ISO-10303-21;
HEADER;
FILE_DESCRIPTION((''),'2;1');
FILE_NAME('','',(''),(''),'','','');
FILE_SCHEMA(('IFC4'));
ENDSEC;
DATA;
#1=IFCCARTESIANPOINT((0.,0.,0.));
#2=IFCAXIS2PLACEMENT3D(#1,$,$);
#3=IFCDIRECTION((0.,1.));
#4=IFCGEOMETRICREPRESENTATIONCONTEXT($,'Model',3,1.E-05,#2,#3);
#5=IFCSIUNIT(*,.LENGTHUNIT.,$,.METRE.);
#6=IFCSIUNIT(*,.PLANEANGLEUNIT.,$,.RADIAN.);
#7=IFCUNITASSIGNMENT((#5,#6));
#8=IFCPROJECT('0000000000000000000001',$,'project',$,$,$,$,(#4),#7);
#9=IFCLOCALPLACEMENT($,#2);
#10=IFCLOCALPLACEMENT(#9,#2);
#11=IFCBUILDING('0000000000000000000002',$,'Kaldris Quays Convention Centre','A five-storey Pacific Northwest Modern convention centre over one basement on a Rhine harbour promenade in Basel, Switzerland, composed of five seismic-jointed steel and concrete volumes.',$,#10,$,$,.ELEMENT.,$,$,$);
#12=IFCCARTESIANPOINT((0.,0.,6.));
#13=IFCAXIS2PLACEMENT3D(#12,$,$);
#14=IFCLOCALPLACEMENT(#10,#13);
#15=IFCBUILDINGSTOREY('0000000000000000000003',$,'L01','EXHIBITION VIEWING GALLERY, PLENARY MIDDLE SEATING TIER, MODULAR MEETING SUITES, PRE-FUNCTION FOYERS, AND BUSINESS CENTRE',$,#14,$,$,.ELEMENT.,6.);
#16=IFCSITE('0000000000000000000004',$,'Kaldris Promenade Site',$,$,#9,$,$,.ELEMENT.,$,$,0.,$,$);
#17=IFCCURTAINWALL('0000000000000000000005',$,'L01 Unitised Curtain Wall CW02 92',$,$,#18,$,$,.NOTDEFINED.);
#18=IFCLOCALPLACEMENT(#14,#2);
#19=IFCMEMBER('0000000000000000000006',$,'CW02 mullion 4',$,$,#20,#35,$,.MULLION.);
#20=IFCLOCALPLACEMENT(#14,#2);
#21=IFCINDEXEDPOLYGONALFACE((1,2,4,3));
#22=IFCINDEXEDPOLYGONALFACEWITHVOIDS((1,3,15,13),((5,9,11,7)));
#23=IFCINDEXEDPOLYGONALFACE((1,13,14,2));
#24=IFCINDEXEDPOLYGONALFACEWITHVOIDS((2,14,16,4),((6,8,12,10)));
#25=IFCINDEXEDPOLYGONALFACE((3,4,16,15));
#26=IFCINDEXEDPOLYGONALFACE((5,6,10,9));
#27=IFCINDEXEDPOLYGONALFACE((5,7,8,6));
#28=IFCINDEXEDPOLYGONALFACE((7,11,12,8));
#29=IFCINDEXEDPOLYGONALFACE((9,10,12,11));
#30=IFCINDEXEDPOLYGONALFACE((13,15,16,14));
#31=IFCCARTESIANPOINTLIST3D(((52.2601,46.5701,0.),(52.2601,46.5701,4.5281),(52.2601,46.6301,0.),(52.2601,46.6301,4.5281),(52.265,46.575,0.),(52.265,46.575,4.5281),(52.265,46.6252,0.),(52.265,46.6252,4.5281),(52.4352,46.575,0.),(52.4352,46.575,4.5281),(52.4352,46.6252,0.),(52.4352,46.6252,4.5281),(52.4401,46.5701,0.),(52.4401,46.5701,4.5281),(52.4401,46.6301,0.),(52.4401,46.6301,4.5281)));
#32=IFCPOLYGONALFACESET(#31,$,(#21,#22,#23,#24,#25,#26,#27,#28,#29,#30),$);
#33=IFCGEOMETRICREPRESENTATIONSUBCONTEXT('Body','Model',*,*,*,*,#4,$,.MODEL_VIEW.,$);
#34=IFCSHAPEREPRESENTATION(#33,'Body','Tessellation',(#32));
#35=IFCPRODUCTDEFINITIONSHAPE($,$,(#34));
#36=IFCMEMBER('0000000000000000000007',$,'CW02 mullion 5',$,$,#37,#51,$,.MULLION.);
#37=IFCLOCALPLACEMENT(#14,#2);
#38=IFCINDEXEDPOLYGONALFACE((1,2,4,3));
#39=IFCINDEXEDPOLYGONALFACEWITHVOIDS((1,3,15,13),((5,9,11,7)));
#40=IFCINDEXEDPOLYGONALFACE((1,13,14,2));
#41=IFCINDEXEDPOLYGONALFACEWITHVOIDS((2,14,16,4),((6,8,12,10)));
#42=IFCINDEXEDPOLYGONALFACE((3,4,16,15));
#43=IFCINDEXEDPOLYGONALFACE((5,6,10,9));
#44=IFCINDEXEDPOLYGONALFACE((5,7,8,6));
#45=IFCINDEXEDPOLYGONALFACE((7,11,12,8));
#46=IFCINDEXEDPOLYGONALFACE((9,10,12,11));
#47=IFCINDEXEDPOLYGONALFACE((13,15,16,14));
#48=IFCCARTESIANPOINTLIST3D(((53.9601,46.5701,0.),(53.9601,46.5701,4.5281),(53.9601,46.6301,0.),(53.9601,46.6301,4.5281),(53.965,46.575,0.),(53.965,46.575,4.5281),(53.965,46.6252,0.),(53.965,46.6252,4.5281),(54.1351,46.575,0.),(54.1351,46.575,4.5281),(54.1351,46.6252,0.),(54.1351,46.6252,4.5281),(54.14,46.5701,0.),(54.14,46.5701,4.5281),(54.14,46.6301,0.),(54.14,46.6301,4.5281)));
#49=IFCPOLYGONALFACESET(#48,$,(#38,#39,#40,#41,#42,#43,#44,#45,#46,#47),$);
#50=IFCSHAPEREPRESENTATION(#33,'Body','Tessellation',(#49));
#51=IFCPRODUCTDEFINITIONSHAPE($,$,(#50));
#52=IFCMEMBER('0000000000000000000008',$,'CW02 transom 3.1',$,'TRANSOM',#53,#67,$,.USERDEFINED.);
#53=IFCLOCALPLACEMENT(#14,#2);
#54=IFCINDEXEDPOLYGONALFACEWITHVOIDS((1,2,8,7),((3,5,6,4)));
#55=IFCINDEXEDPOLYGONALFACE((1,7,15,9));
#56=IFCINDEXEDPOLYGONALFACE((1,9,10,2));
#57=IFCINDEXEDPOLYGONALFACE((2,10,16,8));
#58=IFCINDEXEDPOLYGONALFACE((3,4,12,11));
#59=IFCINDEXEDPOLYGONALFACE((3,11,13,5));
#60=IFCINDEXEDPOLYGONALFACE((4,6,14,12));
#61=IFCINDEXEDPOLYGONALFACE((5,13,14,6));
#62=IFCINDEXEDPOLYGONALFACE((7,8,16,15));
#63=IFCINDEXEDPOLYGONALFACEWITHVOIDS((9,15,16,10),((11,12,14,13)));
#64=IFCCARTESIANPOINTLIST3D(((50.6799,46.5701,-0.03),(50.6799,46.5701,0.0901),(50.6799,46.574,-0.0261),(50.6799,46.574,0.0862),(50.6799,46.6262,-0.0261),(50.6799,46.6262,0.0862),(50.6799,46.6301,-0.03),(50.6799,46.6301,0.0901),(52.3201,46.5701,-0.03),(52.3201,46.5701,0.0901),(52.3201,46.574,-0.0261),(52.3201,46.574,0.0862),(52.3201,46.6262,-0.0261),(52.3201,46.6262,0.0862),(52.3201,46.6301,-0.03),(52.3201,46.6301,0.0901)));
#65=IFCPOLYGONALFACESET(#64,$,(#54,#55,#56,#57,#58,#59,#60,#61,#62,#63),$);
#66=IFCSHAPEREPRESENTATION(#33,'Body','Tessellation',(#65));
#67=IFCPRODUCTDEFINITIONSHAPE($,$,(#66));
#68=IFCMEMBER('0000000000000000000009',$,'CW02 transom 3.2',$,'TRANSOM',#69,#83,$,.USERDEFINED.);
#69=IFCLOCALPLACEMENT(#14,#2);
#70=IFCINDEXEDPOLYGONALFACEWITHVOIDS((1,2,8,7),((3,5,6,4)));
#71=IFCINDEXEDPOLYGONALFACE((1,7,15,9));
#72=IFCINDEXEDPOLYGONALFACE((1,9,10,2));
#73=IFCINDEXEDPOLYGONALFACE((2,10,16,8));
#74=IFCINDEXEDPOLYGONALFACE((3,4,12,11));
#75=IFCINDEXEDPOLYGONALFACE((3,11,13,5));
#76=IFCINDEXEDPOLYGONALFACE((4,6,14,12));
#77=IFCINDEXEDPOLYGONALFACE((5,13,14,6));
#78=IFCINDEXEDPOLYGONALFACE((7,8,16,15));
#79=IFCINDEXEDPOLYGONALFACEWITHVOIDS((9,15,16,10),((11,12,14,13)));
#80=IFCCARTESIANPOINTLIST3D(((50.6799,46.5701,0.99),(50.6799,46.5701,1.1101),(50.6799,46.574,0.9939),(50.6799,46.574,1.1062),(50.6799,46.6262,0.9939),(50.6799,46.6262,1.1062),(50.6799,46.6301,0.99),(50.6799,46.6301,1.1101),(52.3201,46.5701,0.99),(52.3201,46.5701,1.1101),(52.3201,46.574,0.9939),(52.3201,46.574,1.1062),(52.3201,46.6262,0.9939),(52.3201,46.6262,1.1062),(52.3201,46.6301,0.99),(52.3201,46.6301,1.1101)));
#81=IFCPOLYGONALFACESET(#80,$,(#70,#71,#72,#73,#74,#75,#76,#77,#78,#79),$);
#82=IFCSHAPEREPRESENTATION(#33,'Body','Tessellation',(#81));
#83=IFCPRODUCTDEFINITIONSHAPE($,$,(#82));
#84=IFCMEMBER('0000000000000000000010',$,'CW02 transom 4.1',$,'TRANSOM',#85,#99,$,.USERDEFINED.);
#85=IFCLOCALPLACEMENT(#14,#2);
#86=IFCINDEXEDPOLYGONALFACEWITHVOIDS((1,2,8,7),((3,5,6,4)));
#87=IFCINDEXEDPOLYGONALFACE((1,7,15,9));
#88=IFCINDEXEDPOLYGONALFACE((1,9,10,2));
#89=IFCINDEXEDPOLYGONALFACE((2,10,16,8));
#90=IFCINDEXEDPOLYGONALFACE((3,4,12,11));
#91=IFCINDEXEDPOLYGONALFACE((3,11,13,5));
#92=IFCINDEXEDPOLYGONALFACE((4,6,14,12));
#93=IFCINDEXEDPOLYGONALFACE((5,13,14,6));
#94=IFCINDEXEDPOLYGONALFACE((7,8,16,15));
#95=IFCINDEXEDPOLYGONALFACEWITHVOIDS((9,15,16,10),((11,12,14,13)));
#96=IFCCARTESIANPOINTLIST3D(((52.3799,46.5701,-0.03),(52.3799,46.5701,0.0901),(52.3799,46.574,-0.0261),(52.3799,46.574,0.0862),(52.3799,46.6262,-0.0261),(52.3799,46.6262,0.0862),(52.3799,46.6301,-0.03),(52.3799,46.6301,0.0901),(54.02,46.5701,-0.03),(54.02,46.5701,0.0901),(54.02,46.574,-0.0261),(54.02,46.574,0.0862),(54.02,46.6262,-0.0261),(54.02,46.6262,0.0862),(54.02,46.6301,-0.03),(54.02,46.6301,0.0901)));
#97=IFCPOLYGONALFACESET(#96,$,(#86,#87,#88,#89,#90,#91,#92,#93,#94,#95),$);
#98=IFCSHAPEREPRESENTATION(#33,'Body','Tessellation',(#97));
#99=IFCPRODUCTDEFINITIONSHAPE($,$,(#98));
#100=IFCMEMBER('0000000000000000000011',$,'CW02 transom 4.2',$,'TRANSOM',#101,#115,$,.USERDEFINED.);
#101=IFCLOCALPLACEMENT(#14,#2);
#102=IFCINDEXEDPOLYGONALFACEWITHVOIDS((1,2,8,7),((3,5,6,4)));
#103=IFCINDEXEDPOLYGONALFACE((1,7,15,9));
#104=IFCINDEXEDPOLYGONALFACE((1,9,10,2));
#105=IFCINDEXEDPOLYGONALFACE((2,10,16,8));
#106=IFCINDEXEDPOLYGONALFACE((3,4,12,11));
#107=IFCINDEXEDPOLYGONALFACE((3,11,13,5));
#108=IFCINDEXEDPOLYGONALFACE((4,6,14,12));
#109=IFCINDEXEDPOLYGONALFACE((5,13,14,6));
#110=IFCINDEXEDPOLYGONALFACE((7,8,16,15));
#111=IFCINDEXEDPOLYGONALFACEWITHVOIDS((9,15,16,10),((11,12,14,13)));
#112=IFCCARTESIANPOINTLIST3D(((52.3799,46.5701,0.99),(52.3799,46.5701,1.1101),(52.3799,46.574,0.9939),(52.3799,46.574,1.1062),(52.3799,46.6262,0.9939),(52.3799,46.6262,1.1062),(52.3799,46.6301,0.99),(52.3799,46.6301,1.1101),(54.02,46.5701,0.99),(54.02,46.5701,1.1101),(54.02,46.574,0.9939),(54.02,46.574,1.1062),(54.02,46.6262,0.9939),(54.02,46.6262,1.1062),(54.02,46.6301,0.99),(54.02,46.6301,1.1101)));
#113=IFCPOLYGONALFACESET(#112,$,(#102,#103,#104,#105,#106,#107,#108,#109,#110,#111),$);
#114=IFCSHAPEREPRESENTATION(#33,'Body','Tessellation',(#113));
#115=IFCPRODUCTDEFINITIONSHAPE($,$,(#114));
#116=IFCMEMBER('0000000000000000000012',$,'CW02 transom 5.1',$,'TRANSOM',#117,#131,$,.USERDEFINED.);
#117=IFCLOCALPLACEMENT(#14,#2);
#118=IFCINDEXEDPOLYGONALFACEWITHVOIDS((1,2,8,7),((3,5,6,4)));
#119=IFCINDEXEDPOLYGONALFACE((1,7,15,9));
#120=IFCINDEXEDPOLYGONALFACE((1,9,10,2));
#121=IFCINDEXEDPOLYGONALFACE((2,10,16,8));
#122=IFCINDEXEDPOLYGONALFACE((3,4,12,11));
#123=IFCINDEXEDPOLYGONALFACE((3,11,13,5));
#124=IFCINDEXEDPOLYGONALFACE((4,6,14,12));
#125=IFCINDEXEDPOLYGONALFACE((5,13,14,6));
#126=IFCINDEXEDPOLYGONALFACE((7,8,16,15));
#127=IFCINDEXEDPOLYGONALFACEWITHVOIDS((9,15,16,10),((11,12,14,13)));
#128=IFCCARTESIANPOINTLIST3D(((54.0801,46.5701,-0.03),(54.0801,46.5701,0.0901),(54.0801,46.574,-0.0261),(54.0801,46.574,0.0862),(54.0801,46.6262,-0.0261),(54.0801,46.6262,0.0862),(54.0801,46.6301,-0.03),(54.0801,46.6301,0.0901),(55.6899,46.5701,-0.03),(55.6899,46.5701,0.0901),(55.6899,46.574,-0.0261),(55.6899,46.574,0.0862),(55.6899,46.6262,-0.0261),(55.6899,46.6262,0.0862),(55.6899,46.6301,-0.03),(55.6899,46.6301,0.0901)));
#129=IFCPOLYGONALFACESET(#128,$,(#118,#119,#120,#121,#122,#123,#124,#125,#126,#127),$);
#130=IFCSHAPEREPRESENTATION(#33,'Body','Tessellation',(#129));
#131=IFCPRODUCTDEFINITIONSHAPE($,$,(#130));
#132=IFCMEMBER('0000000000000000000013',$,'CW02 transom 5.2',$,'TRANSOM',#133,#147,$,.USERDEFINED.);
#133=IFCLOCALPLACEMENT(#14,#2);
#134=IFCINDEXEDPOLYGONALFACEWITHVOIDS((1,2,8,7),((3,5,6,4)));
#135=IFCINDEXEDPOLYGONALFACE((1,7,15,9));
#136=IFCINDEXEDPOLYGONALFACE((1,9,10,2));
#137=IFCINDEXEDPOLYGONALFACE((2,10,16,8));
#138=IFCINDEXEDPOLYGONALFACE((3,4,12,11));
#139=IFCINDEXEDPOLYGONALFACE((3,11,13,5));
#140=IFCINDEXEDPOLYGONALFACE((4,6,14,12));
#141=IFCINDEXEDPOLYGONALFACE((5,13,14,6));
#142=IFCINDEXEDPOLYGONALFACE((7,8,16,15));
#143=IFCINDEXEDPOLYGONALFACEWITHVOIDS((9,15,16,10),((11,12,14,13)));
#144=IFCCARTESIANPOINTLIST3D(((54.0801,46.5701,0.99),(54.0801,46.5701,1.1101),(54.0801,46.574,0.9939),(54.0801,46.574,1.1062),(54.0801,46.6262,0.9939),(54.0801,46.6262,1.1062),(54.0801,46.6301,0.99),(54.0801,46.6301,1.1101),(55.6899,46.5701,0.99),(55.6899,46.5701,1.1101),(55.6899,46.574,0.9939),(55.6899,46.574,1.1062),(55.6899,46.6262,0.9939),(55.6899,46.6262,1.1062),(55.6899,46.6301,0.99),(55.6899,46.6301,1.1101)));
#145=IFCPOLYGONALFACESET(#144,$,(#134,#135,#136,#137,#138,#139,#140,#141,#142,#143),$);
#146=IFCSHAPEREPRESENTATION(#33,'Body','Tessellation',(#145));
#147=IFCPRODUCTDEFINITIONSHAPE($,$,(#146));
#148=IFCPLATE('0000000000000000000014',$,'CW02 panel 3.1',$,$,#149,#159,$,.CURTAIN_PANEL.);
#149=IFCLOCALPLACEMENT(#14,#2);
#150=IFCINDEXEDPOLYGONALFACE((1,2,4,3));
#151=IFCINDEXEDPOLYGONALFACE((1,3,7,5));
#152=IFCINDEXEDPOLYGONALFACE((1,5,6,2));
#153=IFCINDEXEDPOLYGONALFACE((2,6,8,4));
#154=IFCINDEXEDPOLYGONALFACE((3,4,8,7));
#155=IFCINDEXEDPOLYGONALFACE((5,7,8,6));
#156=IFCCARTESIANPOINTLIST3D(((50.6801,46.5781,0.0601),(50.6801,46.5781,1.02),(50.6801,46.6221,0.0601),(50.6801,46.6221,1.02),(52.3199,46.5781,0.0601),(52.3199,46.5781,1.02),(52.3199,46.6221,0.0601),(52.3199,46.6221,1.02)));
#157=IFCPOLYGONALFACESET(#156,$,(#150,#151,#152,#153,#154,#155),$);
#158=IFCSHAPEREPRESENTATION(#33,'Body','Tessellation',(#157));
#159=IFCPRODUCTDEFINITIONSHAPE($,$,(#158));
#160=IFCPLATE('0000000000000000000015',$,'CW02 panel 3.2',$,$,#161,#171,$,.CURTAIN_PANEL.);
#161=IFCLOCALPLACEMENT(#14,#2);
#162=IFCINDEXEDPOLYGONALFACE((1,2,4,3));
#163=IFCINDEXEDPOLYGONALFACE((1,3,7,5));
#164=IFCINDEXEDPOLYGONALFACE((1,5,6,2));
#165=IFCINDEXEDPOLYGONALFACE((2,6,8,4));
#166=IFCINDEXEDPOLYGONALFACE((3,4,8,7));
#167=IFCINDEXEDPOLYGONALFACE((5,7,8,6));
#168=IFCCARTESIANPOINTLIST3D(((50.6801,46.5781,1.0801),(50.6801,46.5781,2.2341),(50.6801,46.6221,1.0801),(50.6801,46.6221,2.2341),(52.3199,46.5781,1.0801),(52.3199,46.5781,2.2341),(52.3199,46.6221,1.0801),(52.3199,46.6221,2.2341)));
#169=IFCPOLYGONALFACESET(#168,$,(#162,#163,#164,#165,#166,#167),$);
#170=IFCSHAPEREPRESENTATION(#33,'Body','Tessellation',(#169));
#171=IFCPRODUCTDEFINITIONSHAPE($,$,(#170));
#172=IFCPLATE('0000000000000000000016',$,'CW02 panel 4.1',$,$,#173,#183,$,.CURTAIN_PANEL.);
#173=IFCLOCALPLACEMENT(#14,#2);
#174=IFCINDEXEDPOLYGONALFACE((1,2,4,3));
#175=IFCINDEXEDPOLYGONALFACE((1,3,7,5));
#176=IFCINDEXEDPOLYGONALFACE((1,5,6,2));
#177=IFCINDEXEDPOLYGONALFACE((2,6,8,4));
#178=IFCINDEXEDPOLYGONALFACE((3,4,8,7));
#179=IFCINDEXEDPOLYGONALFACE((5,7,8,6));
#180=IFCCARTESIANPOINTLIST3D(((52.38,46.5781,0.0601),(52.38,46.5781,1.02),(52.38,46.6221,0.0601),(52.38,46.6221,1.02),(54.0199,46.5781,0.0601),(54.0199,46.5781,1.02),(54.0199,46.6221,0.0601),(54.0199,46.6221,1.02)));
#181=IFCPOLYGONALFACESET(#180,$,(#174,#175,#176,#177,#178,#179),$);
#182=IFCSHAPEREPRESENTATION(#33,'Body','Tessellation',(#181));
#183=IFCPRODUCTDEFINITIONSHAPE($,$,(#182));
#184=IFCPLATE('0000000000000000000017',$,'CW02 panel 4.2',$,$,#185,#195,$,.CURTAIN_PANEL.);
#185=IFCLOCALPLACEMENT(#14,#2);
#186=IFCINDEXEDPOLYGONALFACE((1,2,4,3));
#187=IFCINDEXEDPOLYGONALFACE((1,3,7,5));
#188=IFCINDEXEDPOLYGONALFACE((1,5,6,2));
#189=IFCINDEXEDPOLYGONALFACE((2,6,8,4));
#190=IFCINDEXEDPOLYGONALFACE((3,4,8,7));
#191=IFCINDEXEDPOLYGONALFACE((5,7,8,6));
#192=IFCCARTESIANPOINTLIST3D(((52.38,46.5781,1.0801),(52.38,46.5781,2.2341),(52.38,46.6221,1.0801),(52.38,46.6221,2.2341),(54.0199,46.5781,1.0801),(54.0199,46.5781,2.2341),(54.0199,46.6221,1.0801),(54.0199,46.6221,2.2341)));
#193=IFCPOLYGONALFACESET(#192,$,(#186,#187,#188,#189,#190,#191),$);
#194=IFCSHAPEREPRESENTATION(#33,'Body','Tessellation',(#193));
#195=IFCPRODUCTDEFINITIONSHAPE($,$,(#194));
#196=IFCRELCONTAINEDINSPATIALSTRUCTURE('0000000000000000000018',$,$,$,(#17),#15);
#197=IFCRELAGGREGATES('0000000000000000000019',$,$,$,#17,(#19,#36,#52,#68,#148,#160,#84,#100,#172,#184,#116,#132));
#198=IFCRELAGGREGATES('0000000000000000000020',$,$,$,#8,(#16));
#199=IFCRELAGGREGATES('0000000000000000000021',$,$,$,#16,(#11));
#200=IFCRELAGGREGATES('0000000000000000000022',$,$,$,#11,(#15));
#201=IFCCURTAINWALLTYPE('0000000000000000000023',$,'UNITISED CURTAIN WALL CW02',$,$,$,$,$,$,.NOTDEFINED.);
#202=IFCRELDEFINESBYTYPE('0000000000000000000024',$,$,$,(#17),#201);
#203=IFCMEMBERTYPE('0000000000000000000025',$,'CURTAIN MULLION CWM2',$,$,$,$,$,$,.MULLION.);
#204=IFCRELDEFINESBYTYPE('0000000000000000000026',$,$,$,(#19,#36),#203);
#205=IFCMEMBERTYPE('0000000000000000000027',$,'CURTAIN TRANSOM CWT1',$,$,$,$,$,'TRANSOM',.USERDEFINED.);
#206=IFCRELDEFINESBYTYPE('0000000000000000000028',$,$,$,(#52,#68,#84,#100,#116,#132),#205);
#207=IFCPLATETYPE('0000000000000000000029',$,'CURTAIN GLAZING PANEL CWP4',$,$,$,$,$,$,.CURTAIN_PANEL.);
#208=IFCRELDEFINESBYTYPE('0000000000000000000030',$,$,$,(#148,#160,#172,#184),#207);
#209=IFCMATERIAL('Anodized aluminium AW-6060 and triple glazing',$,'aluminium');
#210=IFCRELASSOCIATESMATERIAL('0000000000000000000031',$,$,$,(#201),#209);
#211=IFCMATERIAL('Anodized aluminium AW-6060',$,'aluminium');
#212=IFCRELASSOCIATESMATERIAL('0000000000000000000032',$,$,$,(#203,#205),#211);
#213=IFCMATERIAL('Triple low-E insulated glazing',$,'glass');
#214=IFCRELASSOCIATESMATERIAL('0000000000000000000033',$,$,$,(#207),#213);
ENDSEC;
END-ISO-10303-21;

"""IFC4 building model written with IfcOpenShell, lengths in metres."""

from ifc_helpers import new_model, si_unit, direction, frame, origin, origin_2d, place, context, subcontext, project, spatial, rectangle, hollow_rectangle, extrude, material, material_profile, profile_set, type_object, element, aggregate, save


model = new_model("IFC4")

# Units and contexts
model_context = context("Model", 3, precision=1e-05, world=origin(), true_north=direction((0.0, 1.0)))
body_context = subcontext(model_context, "Body", "Model", "MODEL_VIEW")
ifc_project = project(units=[si_unit("LENGTHUNIT", "METRE"), si_unit("PLANEANGLEUNIT", "RADIAN")], contexts=[model_context])

# Site, building, storey
site_placement = place(None, origin())
site = spatial("IfcSite", under=ifc_project, at=site_placement, Name="Kaldris Promenade Site", CompositionType="ELEMENT", RefElevation=0.0)
building_placement = place(site_placement, origin())
building = spatial("IfcBuilding", under=site, at=building_placement, Name="Kaldris Quays Convention Centre", Description="A five-storey Pacific Northwest Modern convention centre over one basement on a Rhine harbour promenade in Basel, Switzerland, composed of five seismic-jointed steel and concrete volumes.", CompositionType="ELEMENT")
storey_placement = place(building_placement, frame((0.0, 0.0, 6.0)))
storey = spatial("IfcBuildingStorey", under=building, at=storey_placement, Name="L01", Description="EXHIBITION VIEWING GALLERY, PLENARY MIDDLE SEATING TIER, MODULAR MEETING SUITES, PRE-FUNCTION FOYERS, AND BUSINESS CENTRE", CompositionType="ELEMENT", Elevation=6.0)

# Curtain wall, members, plates
ifc_material_1 = material(Name="Anodized aluminium AW-6060 and triple glazing", Category="aluminium")
curtain_wall_type = type_object("IfcCurtainWallType", Name="UNITISED CURTAIN WALL CW02", PredefinedType="NOTDEFINED", material=ifc_material_1)
curtain_wall_placement = place(storey_placement, origin())
curtain_wall = element("IfcCurtainWall", 1, at=curtain_wall_placement, inside=storey, type_object=curtain_wall_type, Name="L01 Unitised Curtain Wall CW02 92", PredefinedType="NOTDEFINED")
ifc_material_2 = material(Name="Anodized aluminium AW-6060", Category="aluminium")
ifc_material_profile_1 = material_profile(ifc_material_2, hollow_rectangle(XDim=0.0601, YDim=0.1799, WallThickness=0.0049, at=origin_2d()), Name="RHS 180x60x5")
ifc_profile_set_1 = profile_set([ifc_material_profile_1], Name="Anodized aluminium AW-6060")
member_type_1 = type_object("IfcMemberType", Name="CURTAIN MULLION CWM2", PredefinedType="MULLION", material=ifc_profile_set_1)
member_1_placement = place(storey_placement, frame((52.3501, 46.6001, 0.0), z_axis=(0.0, 0.0, 1.0), x_axis=(0.0, 1.0, 0.0)))
member_1 = element("IfcMember", 2, at=member_1_placement, type_object=member_type_1, Name="CW02 mullion 4", PredefinedType="MULLION", context=body_context, shape_type="SweptSolid", body=[
    extrude(hollow_rectangle(XDim=0.0601, YDim=0.1799, WallThickness=0.0049, at=origin_2d()), origin(), (0.0, 0.0, 1.0), 4.5281),
])
member_2_placement = place(storey_placement, frame((54.05, 46.6001, 0.0), z_axis=(0.0, 0.0, 1.0), x_axis=(0.0, 1.0, 0.0)))
member_2 = element("IfcMember", 3, at=member_2_placement, type_object=member_type_1, Name="CW02 mullion 5", PredefinedType="MULLION", context=body_context, shape_type="SweptSolid", body=[
    extrude(hollow_rectangle(XDim=0.0601, YDim=0.1799, WallThickness=0.0049, at=origin_2d()), origin(), (0.0, 0.0, 1.0), 4.5281),
])
ifc_material_profile_2 = material_profile(ifc_material_2, hollow_rectangle(XDim=0.0601, YDim=0.1201, WallThickness=0.0039, at=origin_2d()), Name="RHS 120x60x4")
ifc_profile_set_2 = profile_set([ifc_material_profile_2], Name="Anodized aluminium AW-6060")
member_type_2 = type_object("IfcMemberType", Name="CURTAIN TRANSOM CWT1", ElementType="TRANSOM", PredefinedType="USERDEFINED", material=ifc_profile_set_2)
member_3_placement = place(storey_placement, frame((50.6799, 46.6001, 0.03), z_axis=(1.0, 0.0, 0.0), x_axis=(0.0, 1.0, 0.0)))
member_3 = element("IfcMember", 4, at=member_3_placement, type_object=member_type_2, Name="CW02 transom 3.1", ObjectType="TRANSOM", PredefinedType="USERDEFINED", context=body_context, shape_type="SweptSolid", body=[
    extrude(hollow_rectangle(XDim=0.0601, YDim=0.1201, WallThickness=0.0039, at=origin_2d()), origin(), (0.0, 0.0, 1.0), 1.6401),
])
member_4_placement = place(storey_placement, frame((50.6799, 46.6001, 1.05), z_axis=(1.0, 0.0, 0.0), x_axis=(0.0, 1.0, 0.0)))
member_4 = element("IfcMember", 5, at=member_4_placement, type_object=member_type_2, Name="CW02 transom 3.2", ObjectType="TRANSOM", PredefinedType="USERDEFINED", context=body_context, shape_type="SweptSolid", body=[
    extrude(hollow_rectangle(XDim=0.0601, YDim=0.1201, WallThickness=0.0039, at=origin_2d()), origin(), (0.0, 0.0, 1.0), 1.6401),
])
member_5_placement = place(storey_placement, frame((52.3799, 46.6001, 0.03), z_axis=(1.0, 0.0, 0.0), x_axis=(0.0, 1.0, 0.0)))
member_5 = element("IfcMember", 6, at=member_5_placement, type_object=member_type_2, Name="CW02 transom 4.1", ObjectType="TRANSOM", PredefinedType="USERDEFINED", context=body_context, shape_type="SweptSolid", body=[
    extrude(hollow_rectangle(XDim=0.0601, YDim=0.1201, WallThickness=0.0039, at=origin_2d()), origin(), (0.0, 0.0, 1.0), 1.6401),
])
member_6_placement = place(storey_placement, frame((52.3799, 46.6001, 1.05), z_axis=(1.0, 0.0, 0.0), x_axis=(0.0, 1.0, 0.0)))
member_6 = element("IfcMember", 7, at=member_6_placement, type_object=member_type_2, Name="CW02 transom 4.2", ObjectType="TRANSOM", PredefinedType="USERDEFINED", context=body_context, shape_type="SweptSolid", body=[
    extrude(hollow_rectangle(XDim=0.0601, YDim=0.1201, WallThickness=0.0039, at=origin_2d()), origin(), (0.0, 0.0, 1.0), 1.6401),
])
member_7_placement = place(storey_placement, frame((54.0801, 46.6001, 0.03), z_axis=(1.0, 0.0, 0.0), x_axis=(0.0, 1.0, 0.0)))
member_7 = element("IfcMember", 8, at=member_7_placement, type_object=member_type_2, Name="CW02 transom 5.1", ObjectType="TRANSOM", PredefinedType="USERDEFINED", context=body_context, shape_type="SweptSolid", body=[
    extrude(hollow_rectangle(XDim=0.0601, YDim=0.1201, WallThickness=0.0039, at=origin_2d()), origin(), (0.0, 0.0, 1.0), 1.6099),
])
member_8_placement = place(storey_placement, frame((54.0801, 46.6001, 1.05), z_axis=(1.0, 0.0, 0.0), x_axis=(0.0, 1.0, 0.0)))
member_8 = element("IfcMember", 9, at=member_8_placement, type_object=member_type_2, Name="CW02 transom 5.2", ObjectType="TRANSOM", PredefinedType="USERDEFINED", context=body_context, shape_type="SweptSolid", body=[
    extrude(hollow_rectangle(XDim=0.0601, YDim=0.1201, WallThickness=0.0039, at=origin_2d()), origin(), (0.0, 0.0, 1.0), 1.6099),
])
ifc_material_3 = material(Name="Triple low-E insulated glazing", Category="glass")
plate_type = type_object("IfcPlateType", Name="CURTAIN GLAZING PANEL CWP4", PredefinedType="CURTAIN_PANEL", material=ifc_material_3)
plate_1_placement = place(storey_placement, frame((51.5, 46.6001, 0.0601), z_axis=(0.0, 0.0, 1.0), x_axis=(1.0, 0.0, 0.0)))
plate_1 = element("IfcPlate", 10, at=plate_1_placement, type_object=plate_type, Name="CW02 panel 3.1", PredefinedType="CURTAIN_PANEL", context=body_context, shape_type="SweptSolid", body=[
    extrude(rectangle(XDim=1.6399, YDim=0.0439, at=origin_2d()), origin(), (0.0, 0.0, 1.0), 0.96),
])
plate_2_placement = place(storey_placement, frame((51.5, 46.6001, 1.0801), z_axis=(0.0, 0.0, 1.0), x_axis=(1.0, 0.0, 0.0)))
plate_2 = element("IfcPlate", 11, at=plate_2_placement, type_object=plate_type, Name="CW02 panel 3.2", PredefinedType="CURTAIN_PANEL", context=body_context, shape_type="SweptSolid", body=[
    extrude(rectangle(XDim=1.6399, YDim=0.0439, at=origin_2d()), origin(), (0.0, 0.0, 1.0), 1.1541),
])
plate_3_placement = place(storey_placement, frame((53.2, 46.6001, 0.0601), z_axis=(0.0, 0.0, 1.0), x_axis=(1.0, 0.0, 0.0)))
plate_3 = element("IfcPlate", 12, at=plate_3_placement, type_object=plate_type, Name="CW02 panel 4.1", PredefinedType="CURTAIN_PANEL", context=body_context, shape_type="SweptSolid", body=[
    extrude(rectangle(XDim=1.6399, YDim=0.0439, at=origin_2d()), origin(), (0.0, 0.0, 1.0), 0.96),
])
plate_4_placement = place(storey_placement, frame((53.2, 46.6001, 1.0801), z_axis=(0.0, 0.0, 1.0), x_axis=(1.0, 0.0, 0.0)))
plate_4 = element("IfcPlate", 13, at=plate_4_placement, type_object=plate_type, Name="CW02 panel 4.2", PredefinedType="CURTAIN_PANEL", context=body_context, shape_type="SweptSolid", body=[
    extrude(rectangle(XDim=1.6399, YDim=0.0439, at=origin_2d()), origin(), (0.0, 0.0, 1.0), 1.1541),
])
aggregate(curtain_wall, [member_1, member_2, member_3, member_4, plate_1, plate_2, member_5, member_6, plate_3, plate_4, member_7, member_8])

save(model, "model.ifc")
